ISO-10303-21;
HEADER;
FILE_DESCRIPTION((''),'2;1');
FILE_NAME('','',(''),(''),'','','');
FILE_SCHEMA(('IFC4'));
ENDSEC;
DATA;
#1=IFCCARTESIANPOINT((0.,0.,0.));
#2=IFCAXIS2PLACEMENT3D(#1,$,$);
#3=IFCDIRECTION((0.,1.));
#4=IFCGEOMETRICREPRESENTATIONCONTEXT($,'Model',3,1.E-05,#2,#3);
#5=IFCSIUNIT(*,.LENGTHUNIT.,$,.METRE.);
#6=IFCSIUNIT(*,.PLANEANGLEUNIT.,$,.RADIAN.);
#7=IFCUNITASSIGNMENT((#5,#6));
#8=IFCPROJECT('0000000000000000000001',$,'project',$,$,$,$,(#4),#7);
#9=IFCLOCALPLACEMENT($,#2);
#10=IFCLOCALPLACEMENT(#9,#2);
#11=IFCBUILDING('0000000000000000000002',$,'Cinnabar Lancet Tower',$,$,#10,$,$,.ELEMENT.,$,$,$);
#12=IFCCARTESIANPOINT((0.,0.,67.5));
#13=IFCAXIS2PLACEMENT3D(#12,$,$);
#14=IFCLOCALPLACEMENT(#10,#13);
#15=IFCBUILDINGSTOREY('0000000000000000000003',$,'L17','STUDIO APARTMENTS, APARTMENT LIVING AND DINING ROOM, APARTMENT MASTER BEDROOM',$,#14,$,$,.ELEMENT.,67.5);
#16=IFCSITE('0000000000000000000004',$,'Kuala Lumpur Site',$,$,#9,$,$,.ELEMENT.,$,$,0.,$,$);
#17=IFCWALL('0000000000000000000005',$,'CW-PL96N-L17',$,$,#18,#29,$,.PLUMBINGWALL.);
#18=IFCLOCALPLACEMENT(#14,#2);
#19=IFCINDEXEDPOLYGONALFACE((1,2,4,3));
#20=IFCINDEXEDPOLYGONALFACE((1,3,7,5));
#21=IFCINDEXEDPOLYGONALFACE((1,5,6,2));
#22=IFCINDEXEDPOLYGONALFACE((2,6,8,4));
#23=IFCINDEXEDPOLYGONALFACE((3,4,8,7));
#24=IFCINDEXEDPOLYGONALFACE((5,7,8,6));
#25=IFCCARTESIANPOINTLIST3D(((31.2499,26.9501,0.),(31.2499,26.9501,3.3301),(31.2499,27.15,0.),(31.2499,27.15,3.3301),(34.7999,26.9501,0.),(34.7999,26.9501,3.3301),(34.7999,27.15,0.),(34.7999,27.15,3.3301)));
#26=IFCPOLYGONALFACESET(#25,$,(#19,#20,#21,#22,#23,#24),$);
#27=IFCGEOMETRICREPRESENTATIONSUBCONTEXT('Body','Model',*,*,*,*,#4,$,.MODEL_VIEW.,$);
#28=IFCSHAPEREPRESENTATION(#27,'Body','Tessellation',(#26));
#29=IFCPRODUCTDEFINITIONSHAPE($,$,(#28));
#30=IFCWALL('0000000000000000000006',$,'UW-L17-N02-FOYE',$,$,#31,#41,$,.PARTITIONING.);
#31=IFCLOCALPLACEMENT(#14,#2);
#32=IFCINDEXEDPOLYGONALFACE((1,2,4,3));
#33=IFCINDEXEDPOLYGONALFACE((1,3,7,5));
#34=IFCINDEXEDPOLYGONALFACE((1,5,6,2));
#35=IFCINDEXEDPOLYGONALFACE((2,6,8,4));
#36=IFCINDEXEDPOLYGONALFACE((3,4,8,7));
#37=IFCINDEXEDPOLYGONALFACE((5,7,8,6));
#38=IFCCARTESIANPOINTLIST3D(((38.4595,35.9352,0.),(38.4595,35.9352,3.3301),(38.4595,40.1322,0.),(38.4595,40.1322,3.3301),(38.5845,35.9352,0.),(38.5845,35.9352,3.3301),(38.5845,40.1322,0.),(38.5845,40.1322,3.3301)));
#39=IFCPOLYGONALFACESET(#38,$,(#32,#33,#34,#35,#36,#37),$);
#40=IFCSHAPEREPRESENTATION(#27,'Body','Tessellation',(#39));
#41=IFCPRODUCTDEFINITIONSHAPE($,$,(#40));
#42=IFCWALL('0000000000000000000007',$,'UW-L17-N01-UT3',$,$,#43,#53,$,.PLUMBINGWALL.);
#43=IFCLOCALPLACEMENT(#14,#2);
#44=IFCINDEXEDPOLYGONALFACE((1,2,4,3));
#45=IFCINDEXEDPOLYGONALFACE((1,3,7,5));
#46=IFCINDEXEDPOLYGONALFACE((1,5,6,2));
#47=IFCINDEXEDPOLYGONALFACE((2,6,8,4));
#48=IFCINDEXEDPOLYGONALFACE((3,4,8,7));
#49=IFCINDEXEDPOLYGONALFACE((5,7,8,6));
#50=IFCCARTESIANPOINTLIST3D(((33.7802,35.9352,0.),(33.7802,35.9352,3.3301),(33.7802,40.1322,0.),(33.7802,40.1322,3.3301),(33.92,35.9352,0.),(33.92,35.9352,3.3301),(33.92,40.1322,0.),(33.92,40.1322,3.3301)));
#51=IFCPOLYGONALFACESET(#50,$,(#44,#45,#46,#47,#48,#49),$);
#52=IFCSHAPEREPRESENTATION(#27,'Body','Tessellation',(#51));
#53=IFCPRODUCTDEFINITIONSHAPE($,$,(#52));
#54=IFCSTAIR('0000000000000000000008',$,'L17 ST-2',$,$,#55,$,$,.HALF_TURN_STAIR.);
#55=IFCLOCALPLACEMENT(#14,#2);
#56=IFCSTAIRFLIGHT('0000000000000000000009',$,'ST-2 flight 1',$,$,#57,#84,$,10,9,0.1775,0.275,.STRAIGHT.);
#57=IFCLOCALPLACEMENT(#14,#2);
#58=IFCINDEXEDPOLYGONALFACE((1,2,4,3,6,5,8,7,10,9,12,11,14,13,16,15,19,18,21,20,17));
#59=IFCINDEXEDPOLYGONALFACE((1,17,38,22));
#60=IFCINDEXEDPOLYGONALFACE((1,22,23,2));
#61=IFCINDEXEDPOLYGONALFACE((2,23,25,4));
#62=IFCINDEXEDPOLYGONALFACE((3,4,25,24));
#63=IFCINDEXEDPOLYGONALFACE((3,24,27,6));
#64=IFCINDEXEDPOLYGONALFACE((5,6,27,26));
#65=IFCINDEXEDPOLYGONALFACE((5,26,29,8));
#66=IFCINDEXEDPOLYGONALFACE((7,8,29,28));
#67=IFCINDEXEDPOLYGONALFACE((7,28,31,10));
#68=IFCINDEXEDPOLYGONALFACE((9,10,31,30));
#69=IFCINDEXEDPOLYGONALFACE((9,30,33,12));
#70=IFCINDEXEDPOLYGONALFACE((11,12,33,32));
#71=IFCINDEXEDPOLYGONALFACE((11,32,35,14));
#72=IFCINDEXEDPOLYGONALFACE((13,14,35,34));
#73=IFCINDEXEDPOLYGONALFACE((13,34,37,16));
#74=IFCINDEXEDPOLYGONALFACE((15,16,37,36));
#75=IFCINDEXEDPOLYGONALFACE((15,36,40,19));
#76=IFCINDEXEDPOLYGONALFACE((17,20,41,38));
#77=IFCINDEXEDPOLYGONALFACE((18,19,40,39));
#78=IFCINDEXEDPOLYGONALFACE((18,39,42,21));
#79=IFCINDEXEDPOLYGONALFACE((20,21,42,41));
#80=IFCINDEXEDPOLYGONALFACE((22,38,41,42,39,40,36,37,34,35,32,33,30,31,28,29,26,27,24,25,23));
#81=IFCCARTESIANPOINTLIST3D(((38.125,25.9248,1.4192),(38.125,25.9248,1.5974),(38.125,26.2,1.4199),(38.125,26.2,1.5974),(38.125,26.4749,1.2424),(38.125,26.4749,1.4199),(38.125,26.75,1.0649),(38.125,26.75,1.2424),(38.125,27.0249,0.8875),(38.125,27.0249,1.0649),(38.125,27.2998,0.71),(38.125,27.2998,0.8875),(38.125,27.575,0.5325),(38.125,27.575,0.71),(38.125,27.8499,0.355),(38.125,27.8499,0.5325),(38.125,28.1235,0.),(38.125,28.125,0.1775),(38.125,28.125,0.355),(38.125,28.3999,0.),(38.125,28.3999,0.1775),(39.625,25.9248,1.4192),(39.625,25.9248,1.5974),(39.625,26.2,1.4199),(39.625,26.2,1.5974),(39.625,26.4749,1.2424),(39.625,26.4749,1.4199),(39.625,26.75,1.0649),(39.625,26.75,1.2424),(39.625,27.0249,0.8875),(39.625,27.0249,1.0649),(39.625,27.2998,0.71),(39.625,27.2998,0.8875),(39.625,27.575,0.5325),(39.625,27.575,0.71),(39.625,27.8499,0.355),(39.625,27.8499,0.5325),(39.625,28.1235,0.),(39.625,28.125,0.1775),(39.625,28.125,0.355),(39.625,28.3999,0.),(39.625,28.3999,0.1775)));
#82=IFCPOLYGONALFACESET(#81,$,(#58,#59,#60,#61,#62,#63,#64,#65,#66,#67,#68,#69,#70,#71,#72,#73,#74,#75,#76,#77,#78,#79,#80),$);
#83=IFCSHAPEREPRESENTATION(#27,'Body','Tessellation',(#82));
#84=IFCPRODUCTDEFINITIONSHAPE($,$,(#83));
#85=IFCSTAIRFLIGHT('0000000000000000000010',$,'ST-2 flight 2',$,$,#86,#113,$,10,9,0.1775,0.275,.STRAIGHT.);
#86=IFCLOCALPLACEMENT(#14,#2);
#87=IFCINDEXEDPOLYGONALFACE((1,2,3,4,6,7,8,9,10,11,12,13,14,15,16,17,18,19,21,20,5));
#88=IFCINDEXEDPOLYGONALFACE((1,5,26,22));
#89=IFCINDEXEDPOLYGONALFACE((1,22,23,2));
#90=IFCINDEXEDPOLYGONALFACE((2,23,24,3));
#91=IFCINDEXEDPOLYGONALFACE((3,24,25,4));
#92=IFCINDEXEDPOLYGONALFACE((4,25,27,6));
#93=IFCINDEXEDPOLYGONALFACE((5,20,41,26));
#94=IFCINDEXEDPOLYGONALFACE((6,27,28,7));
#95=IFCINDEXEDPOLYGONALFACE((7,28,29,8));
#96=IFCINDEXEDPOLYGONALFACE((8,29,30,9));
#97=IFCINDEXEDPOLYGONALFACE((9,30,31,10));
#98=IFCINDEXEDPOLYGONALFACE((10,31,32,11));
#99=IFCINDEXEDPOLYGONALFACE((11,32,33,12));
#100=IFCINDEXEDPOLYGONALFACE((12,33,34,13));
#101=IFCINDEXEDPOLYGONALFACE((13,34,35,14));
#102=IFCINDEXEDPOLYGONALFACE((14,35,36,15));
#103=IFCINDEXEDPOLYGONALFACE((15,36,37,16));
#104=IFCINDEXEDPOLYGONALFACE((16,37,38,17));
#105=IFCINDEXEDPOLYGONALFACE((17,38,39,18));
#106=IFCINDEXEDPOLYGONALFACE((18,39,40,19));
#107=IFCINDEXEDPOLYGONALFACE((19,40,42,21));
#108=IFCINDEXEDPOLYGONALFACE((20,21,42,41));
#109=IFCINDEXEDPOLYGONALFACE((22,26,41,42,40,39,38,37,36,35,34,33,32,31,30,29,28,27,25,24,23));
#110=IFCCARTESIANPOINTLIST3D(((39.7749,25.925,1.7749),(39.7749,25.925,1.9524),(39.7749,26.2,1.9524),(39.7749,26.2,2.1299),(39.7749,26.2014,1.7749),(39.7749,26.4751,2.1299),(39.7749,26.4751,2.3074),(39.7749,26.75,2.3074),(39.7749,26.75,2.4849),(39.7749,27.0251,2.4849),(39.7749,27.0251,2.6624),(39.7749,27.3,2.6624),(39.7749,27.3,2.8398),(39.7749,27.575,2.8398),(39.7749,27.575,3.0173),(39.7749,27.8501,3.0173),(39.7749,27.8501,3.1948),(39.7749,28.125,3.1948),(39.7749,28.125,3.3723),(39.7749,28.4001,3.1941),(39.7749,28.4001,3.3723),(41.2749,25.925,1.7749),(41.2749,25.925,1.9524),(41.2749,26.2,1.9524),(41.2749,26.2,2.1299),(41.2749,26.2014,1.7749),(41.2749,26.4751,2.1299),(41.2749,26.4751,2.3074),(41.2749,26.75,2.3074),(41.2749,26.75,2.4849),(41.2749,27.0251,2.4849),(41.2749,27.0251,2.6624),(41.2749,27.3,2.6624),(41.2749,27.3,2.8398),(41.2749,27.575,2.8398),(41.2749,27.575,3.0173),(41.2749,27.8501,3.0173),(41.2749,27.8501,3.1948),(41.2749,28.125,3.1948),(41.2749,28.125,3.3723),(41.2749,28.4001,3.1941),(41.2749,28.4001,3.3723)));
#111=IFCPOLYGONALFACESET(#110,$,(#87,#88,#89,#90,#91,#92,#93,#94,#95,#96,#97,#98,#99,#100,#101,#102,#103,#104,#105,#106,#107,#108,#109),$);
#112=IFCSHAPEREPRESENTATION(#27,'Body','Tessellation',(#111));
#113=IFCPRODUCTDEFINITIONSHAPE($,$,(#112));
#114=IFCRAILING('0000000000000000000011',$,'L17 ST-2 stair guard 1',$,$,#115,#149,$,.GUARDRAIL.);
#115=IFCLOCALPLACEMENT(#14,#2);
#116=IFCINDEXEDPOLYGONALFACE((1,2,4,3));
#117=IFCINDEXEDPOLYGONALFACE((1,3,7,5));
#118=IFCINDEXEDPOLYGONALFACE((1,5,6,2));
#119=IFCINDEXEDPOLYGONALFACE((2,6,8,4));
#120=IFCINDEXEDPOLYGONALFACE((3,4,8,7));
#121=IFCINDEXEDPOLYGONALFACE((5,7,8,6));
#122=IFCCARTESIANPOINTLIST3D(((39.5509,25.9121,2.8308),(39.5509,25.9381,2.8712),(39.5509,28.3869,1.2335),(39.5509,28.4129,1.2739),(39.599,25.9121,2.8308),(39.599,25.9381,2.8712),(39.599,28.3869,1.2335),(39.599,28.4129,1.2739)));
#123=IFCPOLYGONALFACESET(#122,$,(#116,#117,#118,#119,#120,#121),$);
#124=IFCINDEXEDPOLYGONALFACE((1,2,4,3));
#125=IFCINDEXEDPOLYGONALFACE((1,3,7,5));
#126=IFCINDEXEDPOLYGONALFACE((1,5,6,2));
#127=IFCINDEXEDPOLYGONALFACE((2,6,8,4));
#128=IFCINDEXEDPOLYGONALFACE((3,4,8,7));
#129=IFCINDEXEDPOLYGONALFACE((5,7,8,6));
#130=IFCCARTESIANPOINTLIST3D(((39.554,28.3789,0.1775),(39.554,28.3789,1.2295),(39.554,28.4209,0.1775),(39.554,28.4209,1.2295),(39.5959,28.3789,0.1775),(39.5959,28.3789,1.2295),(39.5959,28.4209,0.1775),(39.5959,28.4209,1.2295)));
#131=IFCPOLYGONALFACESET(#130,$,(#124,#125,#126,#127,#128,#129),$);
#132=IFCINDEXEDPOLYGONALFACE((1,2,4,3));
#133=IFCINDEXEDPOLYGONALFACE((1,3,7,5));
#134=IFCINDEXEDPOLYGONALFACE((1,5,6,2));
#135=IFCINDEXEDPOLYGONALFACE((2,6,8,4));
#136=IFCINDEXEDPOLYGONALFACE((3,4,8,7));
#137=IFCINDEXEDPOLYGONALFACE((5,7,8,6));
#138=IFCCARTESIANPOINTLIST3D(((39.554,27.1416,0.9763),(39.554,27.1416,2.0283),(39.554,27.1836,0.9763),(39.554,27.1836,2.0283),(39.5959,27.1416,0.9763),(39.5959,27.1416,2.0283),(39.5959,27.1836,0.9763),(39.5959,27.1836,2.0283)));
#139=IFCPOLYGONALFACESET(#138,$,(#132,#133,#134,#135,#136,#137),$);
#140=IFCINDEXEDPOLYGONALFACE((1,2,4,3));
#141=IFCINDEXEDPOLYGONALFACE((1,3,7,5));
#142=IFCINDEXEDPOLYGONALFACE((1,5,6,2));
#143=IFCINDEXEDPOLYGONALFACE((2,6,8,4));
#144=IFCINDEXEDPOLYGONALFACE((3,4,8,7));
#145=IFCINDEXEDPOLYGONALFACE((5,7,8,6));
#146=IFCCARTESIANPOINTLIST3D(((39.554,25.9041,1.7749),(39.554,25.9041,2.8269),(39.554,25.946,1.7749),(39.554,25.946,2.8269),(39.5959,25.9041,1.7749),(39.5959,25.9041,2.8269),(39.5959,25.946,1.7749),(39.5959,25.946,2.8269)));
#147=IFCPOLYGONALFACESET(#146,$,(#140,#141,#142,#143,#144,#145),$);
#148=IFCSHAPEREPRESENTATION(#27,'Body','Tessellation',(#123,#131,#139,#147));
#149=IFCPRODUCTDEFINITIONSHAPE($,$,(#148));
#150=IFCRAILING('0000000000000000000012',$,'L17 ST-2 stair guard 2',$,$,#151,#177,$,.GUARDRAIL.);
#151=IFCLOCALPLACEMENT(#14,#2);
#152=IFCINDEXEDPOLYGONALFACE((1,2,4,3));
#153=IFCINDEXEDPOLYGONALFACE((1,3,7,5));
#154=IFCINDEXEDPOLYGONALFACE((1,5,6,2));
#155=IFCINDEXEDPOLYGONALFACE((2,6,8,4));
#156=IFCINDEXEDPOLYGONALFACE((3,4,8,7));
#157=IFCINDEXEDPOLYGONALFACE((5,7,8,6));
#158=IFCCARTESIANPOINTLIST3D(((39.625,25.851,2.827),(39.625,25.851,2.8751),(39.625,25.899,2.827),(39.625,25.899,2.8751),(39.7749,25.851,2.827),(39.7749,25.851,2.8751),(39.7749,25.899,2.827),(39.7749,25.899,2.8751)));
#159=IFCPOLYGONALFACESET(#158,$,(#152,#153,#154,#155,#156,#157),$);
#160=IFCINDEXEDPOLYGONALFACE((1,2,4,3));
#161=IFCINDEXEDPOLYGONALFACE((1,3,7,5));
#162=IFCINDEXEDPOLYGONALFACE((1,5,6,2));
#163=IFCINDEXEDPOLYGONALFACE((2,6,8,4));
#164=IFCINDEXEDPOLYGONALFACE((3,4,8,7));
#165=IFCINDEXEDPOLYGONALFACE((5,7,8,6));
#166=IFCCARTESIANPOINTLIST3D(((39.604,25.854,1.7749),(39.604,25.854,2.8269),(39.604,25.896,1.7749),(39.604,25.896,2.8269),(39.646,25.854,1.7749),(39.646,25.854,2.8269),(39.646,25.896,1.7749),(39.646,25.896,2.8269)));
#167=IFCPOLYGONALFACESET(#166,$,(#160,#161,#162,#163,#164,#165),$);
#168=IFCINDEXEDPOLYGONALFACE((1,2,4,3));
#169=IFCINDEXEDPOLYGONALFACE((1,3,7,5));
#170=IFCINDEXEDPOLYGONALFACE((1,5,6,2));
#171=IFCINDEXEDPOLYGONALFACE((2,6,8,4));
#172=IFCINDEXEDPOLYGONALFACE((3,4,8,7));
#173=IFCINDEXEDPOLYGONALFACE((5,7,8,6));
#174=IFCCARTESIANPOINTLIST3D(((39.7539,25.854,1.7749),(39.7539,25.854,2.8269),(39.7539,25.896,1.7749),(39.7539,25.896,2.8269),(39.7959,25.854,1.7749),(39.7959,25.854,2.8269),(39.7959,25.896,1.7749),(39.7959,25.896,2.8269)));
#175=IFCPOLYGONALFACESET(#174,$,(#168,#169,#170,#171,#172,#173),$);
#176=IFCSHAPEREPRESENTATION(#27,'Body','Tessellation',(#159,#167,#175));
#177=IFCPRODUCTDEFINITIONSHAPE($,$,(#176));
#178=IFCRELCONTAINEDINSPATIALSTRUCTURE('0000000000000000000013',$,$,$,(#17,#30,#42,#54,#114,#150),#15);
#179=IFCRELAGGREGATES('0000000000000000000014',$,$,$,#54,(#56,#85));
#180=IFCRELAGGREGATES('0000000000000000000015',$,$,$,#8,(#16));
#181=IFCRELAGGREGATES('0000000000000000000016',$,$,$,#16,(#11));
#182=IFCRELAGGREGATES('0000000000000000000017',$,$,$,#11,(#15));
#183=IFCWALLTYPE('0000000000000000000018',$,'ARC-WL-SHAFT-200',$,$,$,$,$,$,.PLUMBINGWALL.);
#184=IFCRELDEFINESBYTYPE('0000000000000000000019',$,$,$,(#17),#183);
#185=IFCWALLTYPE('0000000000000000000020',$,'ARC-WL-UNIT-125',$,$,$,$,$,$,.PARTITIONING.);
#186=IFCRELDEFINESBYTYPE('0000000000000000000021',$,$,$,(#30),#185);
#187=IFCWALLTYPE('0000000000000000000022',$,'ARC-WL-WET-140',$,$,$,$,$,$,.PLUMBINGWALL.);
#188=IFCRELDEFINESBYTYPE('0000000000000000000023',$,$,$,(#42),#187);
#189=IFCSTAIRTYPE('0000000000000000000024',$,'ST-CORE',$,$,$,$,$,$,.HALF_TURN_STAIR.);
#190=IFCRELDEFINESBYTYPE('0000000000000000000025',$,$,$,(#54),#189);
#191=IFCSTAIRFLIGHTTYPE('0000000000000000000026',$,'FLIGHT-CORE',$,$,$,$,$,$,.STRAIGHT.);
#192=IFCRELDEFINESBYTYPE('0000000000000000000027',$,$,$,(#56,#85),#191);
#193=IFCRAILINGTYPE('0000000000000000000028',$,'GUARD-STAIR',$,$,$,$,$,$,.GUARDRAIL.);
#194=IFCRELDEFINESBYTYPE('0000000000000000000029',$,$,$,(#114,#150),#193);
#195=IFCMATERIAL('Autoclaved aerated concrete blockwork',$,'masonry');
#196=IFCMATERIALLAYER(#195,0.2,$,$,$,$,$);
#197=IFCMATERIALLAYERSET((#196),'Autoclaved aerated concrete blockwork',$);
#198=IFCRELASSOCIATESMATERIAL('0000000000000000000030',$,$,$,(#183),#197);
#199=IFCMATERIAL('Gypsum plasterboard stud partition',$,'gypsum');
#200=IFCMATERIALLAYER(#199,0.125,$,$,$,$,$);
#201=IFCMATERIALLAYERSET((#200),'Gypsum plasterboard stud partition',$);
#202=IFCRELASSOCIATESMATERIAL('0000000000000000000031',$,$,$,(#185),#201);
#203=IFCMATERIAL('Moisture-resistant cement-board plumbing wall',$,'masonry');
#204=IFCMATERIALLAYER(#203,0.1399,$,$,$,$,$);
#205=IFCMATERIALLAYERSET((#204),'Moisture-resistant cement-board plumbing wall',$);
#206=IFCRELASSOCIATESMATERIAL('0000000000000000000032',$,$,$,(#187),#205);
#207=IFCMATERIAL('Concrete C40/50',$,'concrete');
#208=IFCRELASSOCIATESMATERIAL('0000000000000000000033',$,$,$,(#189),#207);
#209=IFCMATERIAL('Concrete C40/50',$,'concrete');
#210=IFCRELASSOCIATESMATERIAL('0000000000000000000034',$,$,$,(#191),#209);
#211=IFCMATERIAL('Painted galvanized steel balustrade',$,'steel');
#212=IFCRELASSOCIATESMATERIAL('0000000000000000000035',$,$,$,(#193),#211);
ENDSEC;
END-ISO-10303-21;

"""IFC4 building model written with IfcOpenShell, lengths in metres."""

from ifc_helpers import new_model, si_unit, direction, frame, frame_2d, origin, origin_2d, place, context, subcontext, project, spatial, polyline, rectangle, outline, extrude, material, layer, layer_set, type_object, element, aggregate, save


model = new_model("IFC4")

# Units and contexts
model_context = context("Model", 3, precision=1e-05, world=origin(), true_north=direction((0.0, 1.0)))
body_context = subcontext(model_context, "Body", "Model", "MODEL_VIEW")
ifc_project = project(units=[si_unit("LENGTHUNIT", "METRE"), si_unit("PLANEANGLEUNIT", "RADIAN")], contexts=[model_context])

# Site, building, storey
site_placement = place(None, origin())
site = spatial("IfcSite", under=ifc_project, at=site_placement, Name="Kuala Lumpur Site", CompositionType="ELEMENT", RefElevation=0.0)
building_placement = place(site_placement, origin())
building = spatial("IfcBuilding", under=site, at=building_placement, Name="Cinnabar Lancet Tower", CompositionType="ELEMENT")
storey_placement = place(building_placement, frame((0.0, 0.0, 67.5)))
storey = spatial("IfcBuildingStorey", under=building, at=storey_placement, Name="L17", Description="STUDIO APARTMENTS, APARTMENT LIVING AND DINING ROOM, APARTMENT MASTER BEDROOM", CompositionType="ELEMENT", Elevation=67.5)

# Shared definitions
ifc_material_1 = material(Name="Autoclaved aerated concrete blockwork", Category="masonry")
ifc_layer_1 = layer(ifc_material_1, 0.2)
ifc_layer_set_1 = layer_set([ifc_layer_1], Name="Autoclaved aerated concrete blockwork")
wall_type_1 = type_object("IfcWallType", Name="ARC-WL-SHAFT-200", PredefinedType="PLUMBINGWALL", material=ifc_layer_set_1)

# Walls
wall_1_placement = place(storey_placement, frame((31.25, 27.05, 0.0), z_axis=(0.0, 0.0, 1.0), x_axis=(1.0, 0.0, 0.0)))
element("IfcWall", 1, at=wall_1_placement, inside=storey, type_object=wall_type_1, Name="CW-PL96N-L17", PredefinedType="PLUMBINGWALL", context=body_context, shape_type="SweptSolid", body=[
    extrude(rectangle(XDim=3.55, YDim=0.2, at=frame_2d((1.7749, 0.0))), origin(), (0.0, 0.0, 1.0), 3.3301),
])
ifc_material_2 = material(Name="Gypsum plasterboard stud partition", Category="gypsum")
ifc_layer_2 = layer(ifc_material_2, 0.125)
ifc_layer_set_2 = layer_set([ifc_layer_2], Name="Gypsum plasterboard stud partition")
wall_type_2 = type_object("IfcWallType", Name="ARC-WL-UNIT-125", PredefinedType="PARTITIONING", material=ifc_layer_set_2)
wall_2_placement = place(storey_placement, frame((38.522, 35.9351, 0.0), z_axis=(0.0, 0.0, 1.0), x_axis=(0.0, 1.0, 0.0)))
element("IfcWall", 2, at=wall_2_placement, inside=storey, type_object=wall_type_2, Name="UW-L17-N02-FOYE", PredefinedType="PARTITIONING", context=body_context, shape_type="SweptSolid", body=[
    extrude(rectangle(XDim=4.197, YDim=0.125, at=frame_2d((2.0986, 0.0))), origin(), (0.0, 0.0, 1.0), 3.3301),
])
ifc_material_3 = material(Name="Moisture-resistant cement-board plumbing wall", Category="masonry")
ifc_layer_3 = layer(ifc_material_3, 0.1399)
ifc_layer_set_3 = layer_set([ifc_layer_3], Name="Moisture-resistant cement-board plumbing wall")
wall_type_3 = type_object("IfcWallType", Name="ARC-WL-WET-140", PredefinedType="PLUMBINGWALL", material=ifc_layer_set_3)
wall_3_placement = place(storey_placement, frame((33.8501, 35.9351, 0.0), z_axis=(0.0, 0.0, 1.0), x_axis=(0.0, 1.0, 0.0)))
element("IfcWall", 3, at=wall_3_placement, inside=storey, type_object=wall_type_3, Name="UW-L17-N01-UT3", PredefinedType="PLUMBINGWALL", context=body_context, shape_type="SweptSolid", body=[
    extrude(rectangle(XDim=4.197, YDim=0.1399, at=frame_2d((2.0986, 0.0))), origin(), (0.0, 0.0, 1.0), 3.3301),
])

# Stair, stair flights
ifc_material_4 = material(Name="Concrete C40/50", Category="concrete")
stair_type = type_object("IfcStairType", Name="ST-CORE", PredefinedType="HALF_TURN_STAIR", material=ifc_material_4)
stair_placement = place(storey_placement, origin())
stair = element("IfcStair", 4, at=stair_placement, inside=storey, type_object=stair_type, Name="L17 ST-2", PredefinedType="HALF_TURN_STAIR")
ifc_material_5 = material(Name="Concrete C40/50", Category="concrete")
stair_flight_type = type_object("IfcStairFlightType", Name="FLIGHT-CORE", PredefinedType="STRAIGHT", material=ifc_material_5)
stair_flight_1_placement = place(storey_placement, frame((38.875, 28.3999, 0.0), z_axis=(0.0, 0.0, 1.0), x_axis=(0.0, -1.0, 0.0)))
stair_flight_1 = element("IfcStairFlight", 5, at=stair_flight_1_placement, type_object=stair_flight_type, Name="ST-2 flight 1", NumberOfRisers=10, NumberOfTreads=9, PredefinedType="STRAIGHT", RiserHeight=0.1775, TreadLength=0.275, context=body_context, shape_type="SweptSolid", body=[
    extrude(outline(polyline([(0.0, 0.0), (0.0, 0.1775), (0.2749, 0.1775), (0.2749, 0.355), (0.55, 0.355), (0.55, 0.5325), (0.825, 0.5325), (0.825, 0.71), (1.1001, 0.71), (1.1001, 0.8875), (1.375, 0.8875), (1.375, 1.0649), (1.6499, 1.0649), (1.6499, 1.2424), (1.925, 1.2424), (1.925, 1.4199), (2.2, 1.4199), (2.2, 1.5974), (2.4751, 1.5974), (2.4751, 1.7749), (2.4751, 1.4192), (0.2764, 0.0), (0.0, 0.0)])), frame((0.0, 0.75, 0.0), z_axis=(0.0, -1.0, 0.0), x_axis=(1.0, 0.0, 0.0)), (0.0, 0.0, 1.0), 1.5),
])
stair_flight_2_placement = place(storey_placement, frame((40.5249, 25.925, 1.7749), z_axis=(0.0, 0.0, 1.0), x_axis=(0.0, 1.0, 0.0)))
stair_flight_2 = element("IfcStairFlight", 6, at=stair_flight_2_placement, type_object=stair_flight_type, Name="ST-2 flight 2", NumberOfRisers=10, NumberOfTreads=9, PredefinedType="STRAIGHT", RiserHeight=0.1775, TreadLength=0.275, context=body_context, shape_type="SweptSolid", body=[
    extrude(outline(polyline([(0.0, 0.0), (0.0, 0.1775), (0.2749, 0.1775), (0.2749, 0.355), (0.55, 0.355), (0.55, 0.5325), (0.825, 0.5325), (0.825, 0.71), (1.1001, 0.71), (1.1001, 0.8875), (1.375, 0.8875), (1.375, 1.0649), (1.6499, 1.0649), (1.6499, 1.2424), (1.925, 1.2424), (1.925, 1.4199), (2.2, 1.4199), (2.2, 1.5974), (2.4751, 1.5974), (2.4751, 1.7749), (2.4751, 1.4192), (0.2764, 0.0), (0.0, 0.0)])), frame((0.0, 0.75, 0.0), z_axis=(0.0, -1.0, 0.0), x_axis=(1.0, 0.0, 0.0)), (0.0, 0.0, 1.0), 1.5),
])
aggregate(stair, [stair_flight_1, stair_flight_2])

# Railings
ifc_material_6 = material(Name="Painted galvanized steel balustrade", Category="steel")
railing_type_1 = type_object("IfcRailingType", Name="GUARD-STAIR", PredefinedType="GUARDRAIL", material=ifc_material_6)
railing_1_placement = place(storey_placement, frame((39.575, 28.3999, 0.1775)))
element("IfcRailing", 7, at=railing_1_placement, inside=storey, type_object=railing_type_1, Name="L17 ST-2 stair guard 1", PredefinedType="GUARDRAIL", context=body_context, shape_type="SweptSolid", body=[
    extrude(rectangle(XDim=0.0481, YDim=0.0481, at=origin_2d()), frame((0.0, 0.0, 1.0762), z_axis=(0.0, -0.840183, 0.542302), x_axis=(1.0, 0.0, 0.0)), (0.0, 0.0, 1.0), 2.9456),
    extrude(rectangle(XDim=0.042, YDim=0.042, at=origin_2d()), origin(), (0.0, 0.0, 1.0), 1.052),
    extrude(rectangle(XDim=0.042, YDim=0.042, at=origin_2d()), frame((0.0, -1.2373, 0.7988)), (0.0, 0.0, 1.0), 1.052),
    extrude(rectangle(XDim=0.042, YDim=0.042, at=origin_2d()), frame((0.0, -2.4749, 1.5974)), (0.0, 0.0, 1.0), 1.052),
])
railing_2_placement = place(storey_placement, frame((39.625, 25.875, 1.7749)))
element("IfcRailing", 8, at=railing_2_placement, inside=storey, type_object=railing_type_1, Name="L17 ST-2 stair guard 2", PredefinedType="GUARDRAIL", context=body_context, shape_type="SweptSolid", body=[
    extrude(rectangle(XDim=0.0481, YDim=0.0481, at=origin_2d()), frame((0.0, 0.0, 1.0762), z_axis=(1.0, 0.0, 0.0), x_axis=(0.0, 1.0, 0.0)), (0.0, 0.0, 1.0), 0.1499),
    extrude(rectangle(XDim=0.042, YDim=0.042, at=origin_2d()), origin(), (0.0, 0.0, 1.0), 1.052),
    extrude(rectangle(XDim=0.042, YDim=0.042, at=origin_2d()), frame((0.1499, 0.0, 0.0)), (0.0, 0.0, 1.0), 1.052),
])

save(model, "model.ifc")
